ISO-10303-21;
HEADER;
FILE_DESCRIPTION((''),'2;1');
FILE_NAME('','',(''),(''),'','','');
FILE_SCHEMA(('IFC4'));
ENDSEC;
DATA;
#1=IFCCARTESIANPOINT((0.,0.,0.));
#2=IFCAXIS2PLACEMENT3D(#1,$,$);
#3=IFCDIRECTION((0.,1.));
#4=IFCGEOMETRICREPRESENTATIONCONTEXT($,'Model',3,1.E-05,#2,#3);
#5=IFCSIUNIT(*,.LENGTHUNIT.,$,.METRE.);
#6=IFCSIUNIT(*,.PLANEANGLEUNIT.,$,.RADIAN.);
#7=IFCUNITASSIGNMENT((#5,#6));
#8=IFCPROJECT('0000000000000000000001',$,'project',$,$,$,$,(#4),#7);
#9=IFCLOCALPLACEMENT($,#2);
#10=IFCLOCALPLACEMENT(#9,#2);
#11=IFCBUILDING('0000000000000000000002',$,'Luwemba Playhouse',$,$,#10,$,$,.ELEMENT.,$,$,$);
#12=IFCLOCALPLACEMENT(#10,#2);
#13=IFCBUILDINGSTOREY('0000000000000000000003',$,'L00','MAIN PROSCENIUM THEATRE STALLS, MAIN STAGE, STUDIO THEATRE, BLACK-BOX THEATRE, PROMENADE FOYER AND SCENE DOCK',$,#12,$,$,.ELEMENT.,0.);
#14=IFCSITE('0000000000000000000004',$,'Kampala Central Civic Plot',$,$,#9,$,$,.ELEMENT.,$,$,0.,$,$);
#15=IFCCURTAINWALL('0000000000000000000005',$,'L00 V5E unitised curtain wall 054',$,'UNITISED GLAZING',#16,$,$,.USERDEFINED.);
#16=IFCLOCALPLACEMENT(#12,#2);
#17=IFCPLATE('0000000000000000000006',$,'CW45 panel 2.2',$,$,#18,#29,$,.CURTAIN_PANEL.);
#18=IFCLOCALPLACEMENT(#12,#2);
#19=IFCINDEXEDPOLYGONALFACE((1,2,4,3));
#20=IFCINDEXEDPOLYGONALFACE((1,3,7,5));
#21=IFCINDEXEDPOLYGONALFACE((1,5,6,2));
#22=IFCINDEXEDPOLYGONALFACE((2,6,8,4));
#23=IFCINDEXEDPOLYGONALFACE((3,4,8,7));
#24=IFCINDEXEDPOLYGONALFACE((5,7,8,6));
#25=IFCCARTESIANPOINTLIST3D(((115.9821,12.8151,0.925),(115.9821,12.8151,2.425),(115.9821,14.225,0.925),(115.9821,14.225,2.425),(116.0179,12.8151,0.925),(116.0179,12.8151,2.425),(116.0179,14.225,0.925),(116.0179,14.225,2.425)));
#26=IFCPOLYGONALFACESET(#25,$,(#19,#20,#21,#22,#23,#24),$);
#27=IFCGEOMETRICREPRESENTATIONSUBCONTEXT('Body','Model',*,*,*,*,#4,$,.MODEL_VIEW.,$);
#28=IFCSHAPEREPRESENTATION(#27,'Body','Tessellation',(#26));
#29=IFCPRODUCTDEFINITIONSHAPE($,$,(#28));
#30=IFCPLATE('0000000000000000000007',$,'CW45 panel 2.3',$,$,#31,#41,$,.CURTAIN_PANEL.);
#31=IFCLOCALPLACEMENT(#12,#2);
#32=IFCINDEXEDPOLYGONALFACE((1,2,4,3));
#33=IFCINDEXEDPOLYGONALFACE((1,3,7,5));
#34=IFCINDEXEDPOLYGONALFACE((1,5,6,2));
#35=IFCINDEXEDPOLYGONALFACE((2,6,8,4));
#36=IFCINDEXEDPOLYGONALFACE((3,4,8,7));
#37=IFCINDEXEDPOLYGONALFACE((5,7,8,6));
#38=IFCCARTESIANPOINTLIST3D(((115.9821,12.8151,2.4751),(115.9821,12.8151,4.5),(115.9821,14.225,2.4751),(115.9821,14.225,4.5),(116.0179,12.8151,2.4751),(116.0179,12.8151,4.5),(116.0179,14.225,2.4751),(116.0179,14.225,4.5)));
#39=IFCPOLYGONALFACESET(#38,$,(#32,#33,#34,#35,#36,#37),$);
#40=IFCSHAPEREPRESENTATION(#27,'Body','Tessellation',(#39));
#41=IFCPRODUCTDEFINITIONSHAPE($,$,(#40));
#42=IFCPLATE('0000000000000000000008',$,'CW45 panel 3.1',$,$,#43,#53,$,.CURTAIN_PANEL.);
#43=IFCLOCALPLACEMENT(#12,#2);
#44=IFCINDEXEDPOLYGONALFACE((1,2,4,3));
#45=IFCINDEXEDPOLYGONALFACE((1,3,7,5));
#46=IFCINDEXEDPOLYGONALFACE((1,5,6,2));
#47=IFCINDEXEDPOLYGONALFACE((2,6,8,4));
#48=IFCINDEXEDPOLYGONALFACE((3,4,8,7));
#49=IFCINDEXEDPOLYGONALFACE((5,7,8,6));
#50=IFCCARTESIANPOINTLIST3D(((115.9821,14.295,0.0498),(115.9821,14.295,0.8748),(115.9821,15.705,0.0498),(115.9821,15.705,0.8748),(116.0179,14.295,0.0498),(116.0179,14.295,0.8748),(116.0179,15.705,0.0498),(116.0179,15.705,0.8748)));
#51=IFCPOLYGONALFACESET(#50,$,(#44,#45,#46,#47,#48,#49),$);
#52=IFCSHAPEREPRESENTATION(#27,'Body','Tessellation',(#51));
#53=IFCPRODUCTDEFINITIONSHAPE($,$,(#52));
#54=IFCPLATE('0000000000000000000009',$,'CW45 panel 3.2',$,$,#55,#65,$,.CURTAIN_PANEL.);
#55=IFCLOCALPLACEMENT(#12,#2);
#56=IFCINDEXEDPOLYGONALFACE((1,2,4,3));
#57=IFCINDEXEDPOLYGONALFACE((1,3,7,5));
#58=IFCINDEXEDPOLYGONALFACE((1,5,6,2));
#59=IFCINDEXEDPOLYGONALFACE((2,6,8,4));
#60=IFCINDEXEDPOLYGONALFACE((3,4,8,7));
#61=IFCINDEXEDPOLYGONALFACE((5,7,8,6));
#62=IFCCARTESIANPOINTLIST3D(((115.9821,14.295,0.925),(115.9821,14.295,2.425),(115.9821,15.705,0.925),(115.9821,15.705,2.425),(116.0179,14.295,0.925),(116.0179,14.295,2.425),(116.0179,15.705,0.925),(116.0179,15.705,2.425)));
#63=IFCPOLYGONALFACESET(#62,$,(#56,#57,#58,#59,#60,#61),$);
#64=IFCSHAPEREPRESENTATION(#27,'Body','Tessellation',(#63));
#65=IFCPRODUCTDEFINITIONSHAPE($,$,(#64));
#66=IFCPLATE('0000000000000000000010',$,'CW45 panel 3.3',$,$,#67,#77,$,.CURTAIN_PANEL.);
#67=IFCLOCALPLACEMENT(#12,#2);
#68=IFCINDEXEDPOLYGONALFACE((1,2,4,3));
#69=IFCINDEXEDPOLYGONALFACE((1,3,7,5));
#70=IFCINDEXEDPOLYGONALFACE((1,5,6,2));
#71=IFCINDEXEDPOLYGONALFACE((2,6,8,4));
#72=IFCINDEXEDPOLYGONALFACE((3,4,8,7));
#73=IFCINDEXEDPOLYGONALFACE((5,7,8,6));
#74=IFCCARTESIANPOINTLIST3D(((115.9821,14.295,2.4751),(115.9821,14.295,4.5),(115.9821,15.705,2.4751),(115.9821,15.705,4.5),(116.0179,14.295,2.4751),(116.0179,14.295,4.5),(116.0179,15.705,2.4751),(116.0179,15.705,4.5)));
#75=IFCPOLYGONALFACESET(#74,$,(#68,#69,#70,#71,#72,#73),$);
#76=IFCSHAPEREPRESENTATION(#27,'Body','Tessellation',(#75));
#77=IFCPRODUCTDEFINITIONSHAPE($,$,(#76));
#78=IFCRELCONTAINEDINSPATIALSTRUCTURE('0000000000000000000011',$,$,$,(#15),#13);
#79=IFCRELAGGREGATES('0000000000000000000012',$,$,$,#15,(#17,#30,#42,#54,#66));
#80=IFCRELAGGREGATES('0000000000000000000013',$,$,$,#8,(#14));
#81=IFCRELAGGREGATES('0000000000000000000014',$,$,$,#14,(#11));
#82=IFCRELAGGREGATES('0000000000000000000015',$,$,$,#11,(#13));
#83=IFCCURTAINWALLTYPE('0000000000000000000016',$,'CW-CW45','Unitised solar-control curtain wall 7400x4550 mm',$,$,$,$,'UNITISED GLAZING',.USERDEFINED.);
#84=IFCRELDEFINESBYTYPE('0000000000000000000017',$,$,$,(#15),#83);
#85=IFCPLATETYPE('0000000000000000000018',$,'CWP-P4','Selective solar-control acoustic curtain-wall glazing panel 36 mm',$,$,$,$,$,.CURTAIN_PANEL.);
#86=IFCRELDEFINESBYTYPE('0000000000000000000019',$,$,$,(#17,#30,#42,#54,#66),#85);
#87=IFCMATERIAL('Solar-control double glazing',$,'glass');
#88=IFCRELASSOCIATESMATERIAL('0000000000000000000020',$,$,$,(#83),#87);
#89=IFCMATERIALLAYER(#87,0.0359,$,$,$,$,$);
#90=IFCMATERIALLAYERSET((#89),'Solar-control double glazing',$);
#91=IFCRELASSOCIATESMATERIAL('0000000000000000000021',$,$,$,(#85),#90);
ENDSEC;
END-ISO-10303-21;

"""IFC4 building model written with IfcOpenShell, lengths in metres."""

from ifc_helpers import new_model, si_unit, direction, frame, origin, origin_2d, place, context, subcontext, project, spatial, rectangle, extrude, material, layer, layer_set, type_object, element, aggregate, save


model = new_model("IFC4")

# Units and contexts
model_context = context("Model", 3, precision=1e-05, world=origin(), true_north=direction((0.0, 1.0)))
body_context = subcontext(model_context, "Body", "Model", "MODEL_VIEW")
ifc_project = project(units=[si_unit("LENGTHUNIT", "METRE"), si_unit("PLANEANGLEUNIT", "RADIAN")], contexts=[model_context])

# Site, building, storey
site_placement = place(None, origin())
site = spatial("IfcSite", under=ifc_project, at=site_placement, Name="Kampala Central Civic Plot", CompositionType="ELEMENT", RefElevation=0.0)
building_placement = place(site_placement, origin())
building = spatial("IfcBuilding", under=site, at=building_placement, Name="Luwemba Playhouse", CompositionType="ELEMENT")
storey_placement = place(building_placement, origin())
storey = spatial("IfcBuildingStorey", under=building, at=storey_placement, Name="L00", Description="MAIN PROSCENIUM THEATRE STALLS, MAIN STAGE, STUDIO THEATRE, BLACK-BOX THEATRE, PROMENADE FOYER AND SCENE DOCK", CompositionType="ELEMENT", Elevation=0.0)

# Curtain wall, plates
ifc_material_1 = material(Name="Solar-control double glazing", Category="glass")
curtain_wall_type = type_object("IfcCurtainWallType", Name="CW-CW45", Description="Unitised solar-control curtain wall 7400x4550 mm", ElementType="UNITISED GLAZING", PredefinedType="USERDEFINED", material=ifc_material_1)
curtain_wall_placement = place(storey_placement, origin())
curtain_wall = element("IfcCurtainWall", 1, at=curtain_wall_placement, inside=storey, type_object=curtain_wall_type, Name="L00 V5E unitised curtain wall 054", ObjectType="UNITISED GLAZING", PredefinedType="USERDEFINED")
ifc_layer = layer(ifc_material_1, 0.0359)
ifc_layer_set = layer_set([ifc_layer], Name="Solar-control double glazing")
plate_type = type_object("IfcPlateType", Name="CWP-P4", Description="Selective solar-control acoustic curtain-wall glazing panel 36 mm", PredefinedType="CURTAIN_PANEL", material=ifc_layer_set)
plate_1_placement = place(storey_placement, frame((116.0, 13.52, 0.925), z_axis=(0.0, 0.0, 1.0), x_axis=(0.0, 1.0, 0.0)))
plate_1 = element("IfcPlate", 2, at=plate_1_placement, type_object=plate_type, Name="CW45 panel 2.2", PredefinedType="CURTAIN_PANEL", context=body_context, shape_type="SweptSolid", body=[
    extrude(rectangle(XDim=1.4099, YDim=0.0359, at=origin_2d()), origin(), (0.0, 0.0, 1.0), 1.5),
])
plate_2_placement = place(storey_placement, frame((116.0, 13.52, 2.4751), z_axis=(0.0, 0.0, 1.0), x_axis=(0.0, 1.0, 0.0)))
plate_2 = element("IfcPlate", 3, at=plate_2_placement, type_object=plate_type, Name="CW45 panel 2.3", PredefinedType="CURTAIN_PANEL", context=body_context, shape_type="SweptSolid", body=[
    extrude(rectangle(XDim=1.4099, YDim=0.0359, at=origin_2d()), origin(), (0.0, 0.0, 1.0), 2.0249),
])
plate_3_placement = place(storey_placement, frame((116.0, 15.0, 0.0498), z_axis=(0.0, 0.0, 1.0), x_axis=(0.0, 1.0, 0.0)))
plate_3 = element("IfcPlate", 4, at=plate_3_placement, type_object=plate_type, Name="CW45 panel 3.1", PredefinedType="CURTAIN_PANEL", context=body_context, shape_type="SweptSolid", body=[
    extrude(rectangle(XDim=1.4099, YDim=0.0359, at=origin_2d()), origin(), (0.0, 0.0, 1.0), 0.825),
])
plate_4_placement = place(storey_placement, frame((116.0, 15.0, 0.925), z_axis=(0.0, 0.0, 1.0), x_axis=(0.0, 1.0, 0.0)))
plate_4 = element("IfcPlate", 5, at=plate_4_placement, type_object=plate_type, Name="CW45 panel 3.2", PredefinedType="CURTAIN_PANEL", context=body_context, shape_type="SweptSolid", body=[
    extrude(rectangle(XDim=1.4099, YDim=0.0359, at=origin_2d()), origin(), (0.0, 0.0, 1.0), 1.5),
])
plate_5_placement = place(storey_placement, frame((116.0, 15.0, 2.4751), z_axis=(0.0, 0.0, 1.0), x_axis=(0.0, 1.0, 0.0)))
plate_5 = element("IfcPlate", 6, at=plate_5_placement, type_object=plate_type, Name="CW45 panel 3.3", PredefinedType="CURTAIN_PANEL", context=body_context, shape_type="SweptSolid", body=[
    extrude(rectangle(XDim=1.4099, YDim=0.0359, at=origin_2d()), origin(), (0.0, 0.0, 1.0), 2.0249),
])
aggregate(curtain_wall, [plate_1, plate_2, plate_3, plate_4, plate_5])

save(model, "model.ifc")
